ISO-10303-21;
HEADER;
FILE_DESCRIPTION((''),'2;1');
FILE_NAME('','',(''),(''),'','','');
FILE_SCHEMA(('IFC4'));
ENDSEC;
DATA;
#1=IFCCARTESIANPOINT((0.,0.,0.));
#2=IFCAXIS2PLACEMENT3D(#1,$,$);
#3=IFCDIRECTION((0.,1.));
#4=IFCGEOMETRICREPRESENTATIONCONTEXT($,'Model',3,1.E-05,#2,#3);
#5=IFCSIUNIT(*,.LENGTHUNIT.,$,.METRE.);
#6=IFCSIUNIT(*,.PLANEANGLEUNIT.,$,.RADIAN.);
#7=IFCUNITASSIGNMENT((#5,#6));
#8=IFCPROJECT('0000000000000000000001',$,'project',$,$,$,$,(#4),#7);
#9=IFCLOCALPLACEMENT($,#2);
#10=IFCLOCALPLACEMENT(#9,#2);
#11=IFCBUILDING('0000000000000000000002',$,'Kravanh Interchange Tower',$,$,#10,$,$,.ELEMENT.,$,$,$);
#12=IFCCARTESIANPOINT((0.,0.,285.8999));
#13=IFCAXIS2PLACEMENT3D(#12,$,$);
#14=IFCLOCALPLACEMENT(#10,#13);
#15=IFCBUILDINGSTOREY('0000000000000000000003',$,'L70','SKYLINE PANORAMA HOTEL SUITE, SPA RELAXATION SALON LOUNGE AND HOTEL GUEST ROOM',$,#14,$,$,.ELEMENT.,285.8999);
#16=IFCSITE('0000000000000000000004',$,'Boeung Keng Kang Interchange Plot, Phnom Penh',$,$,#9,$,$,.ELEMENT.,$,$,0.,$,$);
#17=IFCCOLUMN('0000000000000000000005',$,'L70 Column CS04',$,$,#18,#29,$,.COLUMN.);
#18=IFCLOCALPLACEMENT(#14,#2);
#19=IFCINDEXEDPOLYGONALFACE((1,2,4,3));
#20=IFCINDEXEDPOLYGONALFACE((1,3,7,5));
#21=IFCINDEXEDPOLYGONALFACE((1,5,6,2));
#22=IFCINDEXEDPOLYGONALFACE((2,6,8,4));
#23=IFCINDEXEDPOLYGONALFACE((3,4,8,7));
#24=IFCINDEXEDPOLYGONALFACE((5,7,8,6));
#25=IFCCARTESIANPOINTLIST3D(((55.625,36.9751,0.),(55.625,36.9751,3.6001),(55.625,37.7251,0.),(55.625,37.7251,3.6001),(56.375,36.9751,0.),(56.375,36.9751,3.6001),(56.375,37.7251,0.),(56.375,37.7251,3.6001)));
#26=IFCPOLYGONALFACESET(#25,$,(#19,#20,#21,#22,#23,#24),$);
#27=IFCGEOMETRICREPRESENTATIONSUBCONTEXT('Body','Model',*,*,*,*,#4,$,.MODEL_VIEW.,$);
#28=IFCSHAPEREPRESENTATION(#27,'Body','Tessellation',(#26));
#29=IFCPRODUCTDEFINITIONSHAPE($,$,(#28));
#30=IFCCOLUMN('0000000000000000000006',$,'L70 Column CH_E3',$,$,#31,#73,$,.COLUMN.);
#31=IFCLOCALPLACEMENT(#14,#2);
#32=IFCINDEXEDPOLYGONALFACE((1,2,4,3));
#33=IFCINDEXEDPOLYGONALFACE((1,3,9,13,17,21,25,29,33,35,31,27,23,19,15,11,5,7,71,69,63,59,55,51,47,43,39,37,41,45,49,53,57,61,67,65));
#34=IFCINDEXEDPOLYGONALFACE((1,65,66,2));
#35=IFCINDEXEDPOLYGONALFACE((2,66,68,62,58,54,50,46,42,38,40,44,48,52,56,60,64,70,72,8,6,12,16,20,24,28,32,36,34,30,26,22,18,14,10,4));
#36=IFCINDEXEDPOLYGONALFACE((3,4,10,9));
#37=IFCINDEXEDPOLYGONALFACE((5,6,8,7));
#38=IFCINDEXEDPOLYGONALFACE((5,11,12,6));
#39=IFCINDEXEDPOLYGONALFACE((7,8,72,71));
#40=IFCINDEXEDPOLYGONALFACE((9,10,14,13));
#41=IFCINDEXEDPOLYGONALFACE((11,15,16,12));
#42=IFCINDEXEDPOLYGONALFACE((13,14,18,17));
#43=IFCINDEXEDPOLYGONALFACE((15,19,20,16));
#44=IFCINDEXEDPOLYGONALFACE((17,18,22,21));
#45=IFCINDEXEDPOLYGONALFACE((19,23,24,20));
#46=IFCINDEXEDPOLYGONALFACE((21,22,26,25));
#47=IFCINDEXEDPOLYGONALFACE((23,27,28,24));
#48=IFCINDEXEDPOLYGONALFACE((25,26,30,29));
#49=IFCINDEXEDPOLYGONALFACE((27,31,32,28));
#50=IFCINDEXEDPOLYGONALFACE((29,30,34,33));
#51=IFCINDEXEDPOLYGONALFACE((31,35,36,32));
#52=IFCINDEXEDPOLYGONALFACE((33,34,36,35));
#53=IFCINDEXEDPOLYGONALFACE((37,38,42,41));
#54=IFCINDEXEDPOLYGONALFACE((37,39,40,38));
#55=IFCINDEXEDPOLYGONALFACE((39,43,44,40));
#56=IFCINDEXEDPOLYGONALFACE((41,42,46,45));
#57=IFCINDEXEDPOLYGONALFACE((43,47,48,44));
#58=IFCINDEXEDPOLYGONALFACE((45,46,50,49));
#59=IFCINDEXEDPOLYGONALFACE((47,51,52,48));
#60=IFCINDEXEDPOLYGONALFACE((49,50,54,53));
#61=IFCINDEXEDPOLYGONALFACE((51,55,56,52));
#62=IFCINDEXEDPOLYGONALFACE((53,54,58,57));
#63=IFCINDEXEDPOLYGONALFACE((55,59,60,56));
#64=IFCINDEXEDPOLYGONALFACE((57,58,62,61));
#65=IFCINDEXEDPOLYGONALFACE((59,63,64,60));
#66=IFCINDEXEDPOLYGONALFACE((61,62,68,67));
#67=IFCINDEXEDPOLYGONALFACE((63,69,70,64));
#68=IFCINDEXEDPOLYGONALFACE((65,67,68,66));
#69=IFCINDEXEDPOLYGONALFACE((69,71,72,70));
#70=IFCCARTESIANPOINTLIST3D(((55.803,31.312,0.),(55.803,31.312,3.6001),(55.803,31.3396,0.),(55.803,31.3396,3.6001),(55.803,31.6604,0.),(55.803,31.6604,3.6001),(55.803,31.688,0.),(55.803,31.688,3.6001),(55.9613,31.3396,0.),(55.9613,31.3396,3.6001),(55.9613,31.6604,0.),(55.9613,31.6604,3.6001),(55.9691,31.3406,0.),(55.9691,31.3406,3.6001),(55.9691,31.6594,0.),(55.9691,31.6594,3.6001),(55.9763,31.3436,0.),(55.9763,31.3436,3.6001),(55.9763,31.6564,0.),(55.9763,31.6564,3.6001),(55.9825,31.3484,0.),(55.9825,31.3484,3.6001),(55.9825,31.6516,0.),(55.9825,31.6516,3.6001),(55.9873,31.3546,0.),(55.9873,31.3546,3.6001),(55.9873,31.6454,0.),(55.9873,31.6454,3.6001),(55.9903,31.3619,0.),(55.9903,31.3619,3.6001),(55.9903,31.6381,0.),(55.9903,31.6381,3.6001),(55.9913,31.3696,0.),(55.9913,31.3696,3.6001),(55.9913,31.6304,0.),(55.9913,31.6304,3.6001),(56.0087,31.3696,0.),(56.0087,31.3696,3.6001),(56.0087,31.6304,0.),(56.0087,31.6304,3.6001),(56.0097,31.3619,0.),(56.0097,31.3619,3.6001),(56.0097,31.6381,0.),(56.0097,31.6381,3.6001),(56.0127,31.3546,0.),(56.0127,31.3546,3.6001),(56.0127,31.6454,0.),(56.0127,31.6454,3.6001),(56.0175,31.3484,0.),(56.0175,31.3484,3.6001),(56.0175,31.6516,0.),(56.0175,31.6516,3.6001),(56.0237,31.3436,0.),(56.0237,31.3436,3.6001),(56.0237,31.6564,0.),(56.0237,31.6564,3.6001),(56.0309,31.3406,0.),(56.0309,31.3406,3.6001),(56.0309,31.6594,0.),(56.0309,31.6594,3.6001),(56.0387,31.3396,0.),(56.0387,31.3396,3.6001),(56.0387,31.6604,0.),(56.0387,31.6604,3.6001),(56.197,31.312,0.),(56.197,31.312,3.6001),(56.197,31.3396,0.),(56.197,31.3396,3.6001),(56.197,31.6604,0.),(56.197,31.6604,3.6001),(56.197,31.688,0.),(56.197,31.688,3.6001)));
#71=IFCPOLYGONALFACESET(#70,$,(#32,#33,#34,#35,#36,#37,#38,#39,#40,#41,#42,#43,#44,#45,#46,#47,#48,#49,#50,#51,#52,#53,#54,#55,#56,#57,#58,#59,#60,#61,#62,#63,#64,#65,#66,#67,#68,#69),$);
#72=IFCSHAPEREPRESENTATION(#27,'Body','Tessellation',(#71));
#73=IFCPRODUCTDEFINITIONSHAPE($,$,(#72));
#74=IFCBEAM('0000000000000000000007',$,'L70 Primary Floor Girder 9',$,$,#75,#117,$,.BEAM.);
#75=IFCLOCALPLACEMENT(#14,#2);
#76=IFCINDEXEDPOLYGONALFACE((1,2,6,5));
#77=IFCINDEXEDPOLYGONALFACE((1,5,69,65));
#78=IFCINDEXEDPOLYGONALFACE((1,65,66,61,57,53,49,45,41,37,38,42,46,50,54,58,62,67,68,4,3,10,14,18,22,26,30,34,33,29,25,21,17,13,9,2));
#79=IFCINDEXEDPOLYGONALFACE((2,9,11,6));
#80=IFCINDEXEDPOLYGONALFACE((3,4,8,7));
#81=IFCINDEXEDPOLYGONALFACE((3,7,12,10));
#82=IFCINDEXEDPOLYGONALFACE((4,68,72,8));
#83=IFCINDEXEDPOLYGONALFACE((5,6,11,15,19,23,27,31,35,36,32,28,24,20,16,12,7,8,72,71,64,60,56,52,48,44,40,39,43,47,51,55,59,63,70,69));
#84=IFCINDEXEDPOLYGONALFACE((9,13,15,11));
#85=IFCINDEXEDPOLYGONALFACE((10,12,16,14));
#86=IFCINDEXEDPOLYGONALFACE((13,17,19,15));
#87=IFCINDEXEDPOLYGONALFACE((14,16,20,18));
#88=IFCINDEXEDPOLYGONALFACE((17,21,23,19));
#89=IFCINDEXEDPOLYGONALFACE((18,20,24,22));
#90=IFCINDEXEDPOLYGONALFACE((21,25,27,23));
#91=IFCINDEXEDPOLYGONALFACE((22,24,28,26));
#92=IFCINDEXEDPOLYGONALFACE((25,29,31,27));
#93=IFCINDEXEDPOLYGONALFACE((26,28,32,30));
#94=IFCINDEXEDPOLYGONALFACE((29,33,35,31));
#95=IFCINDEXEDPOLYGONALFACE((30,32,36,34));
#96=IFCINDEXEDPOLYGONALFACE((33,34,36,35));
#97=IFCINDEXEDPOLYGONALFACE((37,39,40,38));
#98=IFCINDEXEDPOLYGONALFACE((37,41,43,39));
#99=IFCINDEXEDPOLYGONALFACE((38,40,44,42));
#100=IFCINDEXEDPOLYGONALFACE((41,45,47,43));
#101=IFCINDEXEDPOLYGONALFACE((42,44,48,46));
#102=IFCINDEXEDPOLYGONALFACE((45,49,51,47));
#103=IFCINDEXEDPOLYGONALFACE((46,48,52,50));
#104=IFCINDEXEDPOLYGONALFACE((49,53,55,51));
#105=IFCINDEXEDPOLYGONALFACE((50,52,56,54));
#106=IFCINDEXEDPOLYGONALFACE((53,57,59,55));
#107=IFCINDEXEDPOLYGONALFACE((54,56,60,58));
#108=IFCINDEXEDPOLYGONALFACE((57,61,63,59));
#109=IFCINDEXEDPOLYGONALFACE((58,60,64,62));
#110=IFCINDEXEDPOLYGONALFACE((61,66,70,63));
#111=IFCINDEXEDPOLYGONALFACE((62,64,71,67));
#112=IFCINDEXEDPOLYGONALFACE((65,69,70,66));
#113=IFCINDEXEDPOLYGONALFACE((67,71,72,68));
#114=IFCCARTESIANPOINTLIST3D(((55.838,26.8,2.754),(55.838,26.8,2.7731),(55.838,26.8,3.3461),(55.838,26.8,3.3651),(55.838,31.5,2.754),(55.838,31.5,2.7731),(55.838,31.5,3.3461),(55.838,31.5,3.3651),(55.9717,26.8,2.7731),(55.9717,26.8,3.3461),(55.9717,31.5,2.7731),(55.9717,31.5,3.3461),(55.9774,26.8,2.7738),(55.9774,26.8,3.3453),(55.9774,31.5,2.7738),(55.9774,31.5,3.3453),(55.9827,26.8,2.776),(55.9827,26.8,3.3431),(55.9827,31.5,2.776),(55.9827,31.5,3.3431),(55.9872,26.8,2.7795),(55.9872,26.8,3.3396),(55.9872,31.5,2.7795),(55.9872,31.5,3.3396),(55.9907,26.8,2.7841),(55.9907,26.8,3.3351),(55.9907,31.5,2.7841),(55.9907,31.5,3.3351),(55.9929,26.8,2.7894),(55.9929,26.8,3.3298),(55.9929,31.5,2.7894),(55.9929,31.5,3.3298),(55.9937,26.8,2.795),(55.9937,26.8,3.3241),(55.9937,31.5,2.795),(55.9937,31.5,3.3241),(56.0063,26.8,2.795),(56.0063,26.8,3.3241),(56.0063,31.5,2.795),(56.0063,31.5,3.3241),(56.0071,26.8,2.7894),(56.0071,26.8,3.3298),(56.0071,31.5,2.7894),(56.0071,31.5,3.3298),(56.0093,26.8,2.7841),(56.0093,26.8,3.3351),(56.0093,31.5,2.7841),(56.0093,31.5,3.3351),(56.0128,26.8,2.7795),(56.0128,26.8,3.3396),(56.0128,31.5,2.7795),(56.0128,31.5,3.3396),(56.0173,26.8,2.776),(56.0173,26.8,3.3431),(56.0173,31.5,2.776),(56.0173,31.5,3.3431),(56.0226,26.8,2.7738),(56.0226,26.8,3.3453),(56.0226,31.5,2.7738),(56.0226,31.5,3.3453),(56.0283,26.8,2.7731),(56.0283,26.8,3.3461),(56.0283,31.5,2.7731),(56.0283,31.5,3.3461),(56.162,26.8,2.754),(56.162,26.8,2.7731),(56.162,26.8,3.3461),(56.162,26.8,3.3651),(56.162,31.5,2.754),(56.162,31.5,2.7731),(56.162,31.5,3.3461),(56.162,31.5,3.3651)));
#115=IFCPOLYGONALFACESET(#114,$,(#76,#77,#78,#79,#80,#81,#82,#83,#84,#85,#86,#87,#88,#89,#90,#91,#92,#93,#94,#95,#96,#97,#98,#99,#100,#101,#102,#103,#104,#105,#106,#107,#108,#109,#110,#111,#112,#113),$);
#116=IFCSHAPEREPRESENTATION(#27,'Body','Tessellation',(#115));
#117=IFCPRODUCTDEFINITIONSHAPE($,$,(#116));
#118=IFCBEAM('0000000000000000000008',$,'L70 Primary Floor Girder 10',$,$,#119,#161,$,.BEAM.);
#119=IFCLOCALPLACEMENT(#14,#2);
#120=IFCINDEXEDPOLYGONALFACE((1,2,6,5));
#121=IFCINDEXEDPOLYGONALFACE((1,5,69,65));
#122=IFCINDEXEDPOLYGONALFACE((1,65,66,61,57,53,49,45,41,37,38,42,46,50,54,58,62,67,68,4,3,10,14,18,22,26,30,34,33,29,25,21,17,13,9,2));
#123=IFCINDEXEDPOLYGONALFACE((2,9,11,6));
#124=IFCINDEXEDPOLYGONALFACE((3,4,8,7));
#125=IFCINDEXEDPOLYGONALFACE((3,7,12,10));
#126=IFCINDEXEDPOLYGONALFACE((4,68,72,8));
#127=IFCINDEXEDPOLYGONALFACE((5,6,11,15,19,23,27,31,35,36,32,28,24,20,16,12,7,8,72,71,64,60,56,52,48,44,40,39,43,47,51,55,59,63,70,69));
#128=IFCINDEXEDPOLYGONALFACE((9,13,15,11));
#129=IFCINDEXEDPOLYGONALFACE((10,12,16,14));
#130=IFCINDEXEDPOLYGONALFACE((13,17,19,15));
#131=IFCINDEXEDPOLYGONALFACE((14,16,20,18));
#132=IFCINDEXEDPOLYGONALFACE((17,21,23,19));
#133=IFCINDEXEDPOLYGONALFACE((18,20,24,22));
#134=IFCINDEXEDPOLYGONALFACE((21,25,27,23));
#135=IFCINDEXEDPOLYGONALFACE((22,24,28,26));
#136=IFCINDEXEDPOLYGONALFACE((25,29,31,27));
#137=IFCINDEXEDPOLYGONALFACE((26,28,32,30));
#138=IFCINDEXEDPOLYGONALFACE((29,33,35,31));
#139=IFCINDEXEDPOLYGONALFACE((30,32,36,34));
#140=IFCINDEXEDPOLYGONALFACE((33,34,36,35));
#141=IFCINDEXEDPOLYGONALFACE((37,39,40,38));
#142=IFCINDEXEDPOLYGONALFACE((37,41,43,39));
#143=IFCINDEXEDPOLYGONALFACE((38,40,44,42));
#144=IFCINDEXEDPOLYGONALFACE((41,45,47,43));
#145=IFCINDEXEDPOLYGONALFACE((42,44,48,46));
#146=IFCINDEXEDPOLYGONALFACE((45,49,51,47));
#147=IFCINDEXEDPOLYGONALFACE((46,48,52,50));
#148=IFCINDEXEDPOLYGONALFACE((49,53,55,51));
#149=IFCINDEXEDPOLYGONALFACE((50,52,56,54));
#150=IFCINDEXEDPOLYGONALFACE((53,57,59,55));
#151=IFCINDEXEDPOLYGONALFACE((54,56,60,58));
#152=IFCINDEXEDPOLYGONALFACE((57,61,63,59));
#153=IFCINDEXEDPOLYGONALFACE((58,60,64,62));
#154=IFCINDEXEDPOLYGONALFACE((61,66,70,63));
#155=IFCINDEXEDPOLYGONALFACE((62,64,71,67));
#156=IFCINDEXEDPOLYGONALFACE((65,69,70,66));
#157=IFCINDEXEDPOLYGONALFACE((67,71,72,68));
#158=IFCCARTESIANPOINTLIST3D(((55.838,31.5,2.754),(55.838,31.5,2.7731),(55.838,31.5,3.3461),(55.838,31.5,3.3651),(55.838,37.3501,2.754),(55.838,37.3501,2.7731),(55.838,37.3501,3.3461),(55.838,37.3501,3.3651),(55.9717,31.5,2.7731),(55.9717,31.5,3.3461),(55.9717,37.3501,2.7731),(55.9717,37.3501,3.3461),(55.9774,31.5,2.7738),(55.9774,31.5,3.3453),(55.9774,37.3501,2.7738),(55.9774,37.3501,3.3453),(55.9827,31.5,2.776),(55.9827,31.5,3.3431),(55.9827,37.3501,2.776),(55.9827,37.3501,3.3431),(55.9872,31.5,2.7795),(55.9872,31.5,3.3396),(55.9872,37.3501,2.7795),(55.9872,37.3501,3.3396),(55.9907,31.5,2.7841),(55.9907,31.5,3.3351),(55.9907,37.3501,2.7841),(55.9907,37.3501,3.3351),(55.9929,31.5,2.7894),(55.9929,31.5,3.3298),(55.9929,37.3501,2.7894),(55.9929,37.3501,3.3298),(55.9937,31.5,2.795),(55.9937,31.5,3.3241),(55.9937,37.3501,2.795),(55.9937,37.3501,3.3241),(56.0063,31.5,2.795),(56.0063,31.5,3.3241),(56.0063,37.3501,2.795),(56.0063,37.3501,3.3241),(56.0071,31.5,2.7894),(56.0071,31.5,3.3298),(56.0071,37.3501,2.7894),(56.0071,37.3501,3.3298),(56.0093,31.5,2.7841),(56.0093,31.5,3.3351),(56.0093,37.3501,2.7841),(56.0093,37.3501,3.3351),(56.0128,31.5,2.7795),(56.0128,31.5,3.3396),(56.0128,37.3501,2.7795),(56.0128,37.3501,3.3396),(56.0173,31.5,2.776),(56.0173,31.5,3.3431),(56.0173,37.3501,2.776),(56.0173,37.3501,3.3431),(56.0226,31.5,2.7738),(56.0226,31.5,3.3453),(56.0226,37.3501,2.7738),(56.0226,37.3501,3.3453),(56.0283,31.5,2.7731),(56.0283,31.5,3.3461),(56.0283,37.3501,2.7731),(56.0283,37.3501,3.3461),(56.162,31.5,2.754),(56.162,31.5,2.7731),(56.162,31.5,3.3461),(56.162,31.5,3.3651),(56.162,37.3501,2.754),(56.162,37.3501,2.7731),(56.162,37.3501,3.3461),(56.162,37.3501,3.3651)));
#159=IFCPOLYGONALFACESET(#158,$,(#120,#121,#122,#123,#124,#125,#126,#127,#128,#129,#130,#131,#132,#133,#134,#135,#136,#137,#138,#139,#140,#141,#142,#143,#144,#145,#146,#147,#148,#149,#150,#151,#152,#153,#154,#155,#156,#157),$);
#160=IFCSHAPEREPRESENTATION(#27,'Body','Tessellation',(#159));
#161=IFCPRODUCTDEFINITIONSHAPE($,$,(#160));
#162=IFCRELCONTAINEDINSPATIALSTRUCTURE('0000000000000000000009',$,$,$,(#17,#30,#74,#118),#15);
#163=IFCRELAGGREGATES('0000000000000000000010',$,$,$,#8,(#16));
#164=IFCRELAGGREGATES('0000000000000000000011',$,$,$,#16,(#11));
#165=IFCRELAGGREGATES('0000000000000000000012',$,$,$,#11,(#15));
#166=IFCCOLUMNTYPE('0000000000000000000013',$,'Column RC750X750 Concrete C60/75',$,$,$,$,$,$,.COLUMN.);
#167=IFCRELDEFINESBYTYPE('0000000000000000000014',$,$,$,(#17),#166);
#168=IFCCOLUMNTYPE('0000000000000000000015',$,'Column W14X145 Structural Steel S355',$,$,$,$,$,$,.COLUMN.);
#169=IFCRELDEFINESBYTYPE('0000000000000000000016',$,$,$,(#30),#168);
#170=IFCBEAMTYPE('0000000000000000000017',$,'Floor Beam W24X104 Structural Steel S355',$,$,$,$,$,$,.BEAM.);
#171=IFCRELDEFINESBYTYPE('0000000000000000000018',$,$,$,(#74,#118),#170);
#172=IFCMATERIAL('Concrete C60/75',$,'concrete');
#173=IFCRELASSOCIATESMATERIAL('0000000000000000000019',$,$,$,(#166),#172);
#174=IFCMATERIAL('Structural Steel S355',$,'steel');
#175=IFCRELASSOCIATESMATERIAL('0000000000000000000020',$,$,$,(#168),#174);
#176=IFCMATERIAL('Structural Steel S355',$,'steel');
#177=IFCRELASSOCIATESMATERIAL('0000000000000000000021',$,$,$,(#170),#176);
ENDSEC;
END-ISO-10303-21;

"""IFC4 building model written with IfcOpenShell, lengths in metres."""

from ifc_helpers import new_model, si_unit, direction, frame, origin, origin_2d, place, context, subcontext, project, spatial, rectangle, i_section, extrude, material, material_profile, profile_set, type_object, element, save


model = new_model("IFC4")

# Units and contexts
model_context = context("Model", 3, precision=1e-05, world=origin(), true_north=direction((0.0, 1.0)))
body_context = subcontext(model_context, "Body", "Model", "MODEL_VIEW")
ifc_project = project(units=[si_unit("LENGTHUNIT", "METRE"), si_unit("PLANEANGLEUNIT", "RADIAN")], contexts=[model_context])

# Site, building, storey
site_placement = place(None, origin())
site = spatial("IfcSite", under=ifc_project, at=site_placement, Name="Boeung Keng Kang Interchange Plot, Phnom Penh", CompositionType="ELEMENT", RefElevation=0.0)
building_placement = place(site_placement, origin())
building = spatial("IfcBuilding", under=site, at=building_placement, Name="Kravanh Interchange Tower", CompositionType="ELEMENT")
storey_placement = place(building_placement, frame((0.0, 0.0, 285.8999)))
storey = spatial("IfcBuildingStorey", under=building, at=storey_placement, Name="L70", Description="SKYLINE PANORAMA HOTEL SUITE, SPA RELAXATION SALON LOUNGE AND HOTEL GUEST ROOM", CompositionType="ELEMENT", Elevation=285.8999)

# Columns
ifc_material_1 = material(Name="Concrete C60/75", Category="concrete")
ifc_material_profile_1 = material_profile(ifc_material_1, rectangle(XDim=0.75, YDim=0.75, at=origin_2d()), Name="RC750X750")
ifc_profile_set_1 = profile_set([ifc_material_profile_1], Name="Concrete C60/75")
column_type_1 = type_object("IfcColumnType", Name="Column RC750X750 Concrete C60/75", PredefinedType="COLUMN", material=ifc_profile_set_1)
column_1_placement = place(storey_placement, frame((56.0, 37.3501, 0.0), z_axis=(0.0, 0.0, 1.0), x_axis=(1.0, 0.0, 0.0)))
element("IfcColumn", 1, at=column_1_placement, inside=storey, type_object=column_type_1, Name="L70 Column CS04", PredefinedType="COLUMN", context=body_context, shape_type="SweptSolid", body=[
    extrude(rectangle(XDim=0.75, YDim=0.75, at=origin_2d()), origin(), (0.0, 0.0, 1.0), 3.6001),
])
ifc_material_2 = material(Name="Structural Steel S355", Category="steel")
ifc_material_profile_2 = material_profile(ifc_material_2, i_section(OverallWidth=0.394, OverallDepth=0.376, WebThickness=0.0173, FlangeThickness=0.0276, FilletRadius=0.03, at=origin_2d()), Name="W14X145")
ifc_profile_set_2 = profile_set([ifc_material_profile_2], Name="Structural Steel S355")
column_type_2 = type_object("IfcColumnType", Name="Column W14X145 Structural Steel S355", PredefinedType="COLUMN", material=ifc_profile_set_2)
column_2_placement = place(storey_placement, frame((56.0, 31.5, 0.0), z_axis=(0.0, 0.0, 1.0), x_axis=(1.0, 0.0, 0.0)))
element("IfcColumn", 2, at=column_2_placement, inside=storey, type_object=column_type_2, Name="L70 Column CH_E3", PredefinedType="COLUMN", context=body_context, shape_type="SweptSolid", body=[
    extrude(i_section(OverallWidth=0.394, OverallDepth=0.376, WebThickness=0.0173, FlangeThickness=0.0276, FilletRadius=0.03, at=origin_2d()), origin(), (0.0, 0.0, 1.0), 3.6001),
])

# Beams
ifc_material_3 = material(Name="Structural Steel S355", Category="steel")
ifc_material_profile_3 = material_profile(ifc_material_3, i_section(OverallWidth=0.324, OverallDepth=0.6111, WebThickness=0.0127, FlangeThickness=0.019, FilletRadius=0.022, at=origin_2d()), Name="W24X104")
ifc_profile_set_3 = profile_set([ifc_material_profile_3], Name="Structural Steel S355")
beam_type_1 = type_object("IfcBeamType", Name="Floor Beam W24X104 Structural Steel S355", PredefinedType="BEAM", material=ifc_profile_set_3)
beam_1_placement = place(storey_placement, frame((56.0, 31.5, 3.0596), z_axis=(0.0, -1.0, 0.0), x_axis=(1.0, 0.0, 0.0)))
element("IfcBeam", 3, at=beam_1_placement, inside=storey, type_object=beam_type_1, Name="L70 Primary Floor Girder 9", PredefinedType="BEAM", context=body_context, shape_type="SweptSolid", body=[
    extrude(i_section(OverallWidth=0.324, OverallDepth=0.6111, WebThickness=0.0127, FlangeThickness=0.019, FilletRadius=0.022, at=origin_2d()), origin(), (0.0, 0.0, 1.0), 4.7),
])
beam_2_placement = place(storey_placement, frame((56.0, 31.5, 3.0596), z_axis=(0.0, 1.0, 0.0), x_axis=(-1.0, 0.0, 0.0)))
element("IfcBeam", 4, at=beam_2_placement, inside=storey, type_object=beam_type_1, Name="L70 Primary Floor Girder 10", PredefinedType="BEAM", context=body_context, shape_type="SweptSolid", body=[
    extrude(i_section(OverallWidth=0.324, OverallDepth=0.6111, WebThickness=0.0127, FlangeThickness=0.019, FilletRadius=0.022, at=origin_2d()), origin(), (0.0, 0.0, 1.0), 5.8501),
])

save(model, "model.ifc")
